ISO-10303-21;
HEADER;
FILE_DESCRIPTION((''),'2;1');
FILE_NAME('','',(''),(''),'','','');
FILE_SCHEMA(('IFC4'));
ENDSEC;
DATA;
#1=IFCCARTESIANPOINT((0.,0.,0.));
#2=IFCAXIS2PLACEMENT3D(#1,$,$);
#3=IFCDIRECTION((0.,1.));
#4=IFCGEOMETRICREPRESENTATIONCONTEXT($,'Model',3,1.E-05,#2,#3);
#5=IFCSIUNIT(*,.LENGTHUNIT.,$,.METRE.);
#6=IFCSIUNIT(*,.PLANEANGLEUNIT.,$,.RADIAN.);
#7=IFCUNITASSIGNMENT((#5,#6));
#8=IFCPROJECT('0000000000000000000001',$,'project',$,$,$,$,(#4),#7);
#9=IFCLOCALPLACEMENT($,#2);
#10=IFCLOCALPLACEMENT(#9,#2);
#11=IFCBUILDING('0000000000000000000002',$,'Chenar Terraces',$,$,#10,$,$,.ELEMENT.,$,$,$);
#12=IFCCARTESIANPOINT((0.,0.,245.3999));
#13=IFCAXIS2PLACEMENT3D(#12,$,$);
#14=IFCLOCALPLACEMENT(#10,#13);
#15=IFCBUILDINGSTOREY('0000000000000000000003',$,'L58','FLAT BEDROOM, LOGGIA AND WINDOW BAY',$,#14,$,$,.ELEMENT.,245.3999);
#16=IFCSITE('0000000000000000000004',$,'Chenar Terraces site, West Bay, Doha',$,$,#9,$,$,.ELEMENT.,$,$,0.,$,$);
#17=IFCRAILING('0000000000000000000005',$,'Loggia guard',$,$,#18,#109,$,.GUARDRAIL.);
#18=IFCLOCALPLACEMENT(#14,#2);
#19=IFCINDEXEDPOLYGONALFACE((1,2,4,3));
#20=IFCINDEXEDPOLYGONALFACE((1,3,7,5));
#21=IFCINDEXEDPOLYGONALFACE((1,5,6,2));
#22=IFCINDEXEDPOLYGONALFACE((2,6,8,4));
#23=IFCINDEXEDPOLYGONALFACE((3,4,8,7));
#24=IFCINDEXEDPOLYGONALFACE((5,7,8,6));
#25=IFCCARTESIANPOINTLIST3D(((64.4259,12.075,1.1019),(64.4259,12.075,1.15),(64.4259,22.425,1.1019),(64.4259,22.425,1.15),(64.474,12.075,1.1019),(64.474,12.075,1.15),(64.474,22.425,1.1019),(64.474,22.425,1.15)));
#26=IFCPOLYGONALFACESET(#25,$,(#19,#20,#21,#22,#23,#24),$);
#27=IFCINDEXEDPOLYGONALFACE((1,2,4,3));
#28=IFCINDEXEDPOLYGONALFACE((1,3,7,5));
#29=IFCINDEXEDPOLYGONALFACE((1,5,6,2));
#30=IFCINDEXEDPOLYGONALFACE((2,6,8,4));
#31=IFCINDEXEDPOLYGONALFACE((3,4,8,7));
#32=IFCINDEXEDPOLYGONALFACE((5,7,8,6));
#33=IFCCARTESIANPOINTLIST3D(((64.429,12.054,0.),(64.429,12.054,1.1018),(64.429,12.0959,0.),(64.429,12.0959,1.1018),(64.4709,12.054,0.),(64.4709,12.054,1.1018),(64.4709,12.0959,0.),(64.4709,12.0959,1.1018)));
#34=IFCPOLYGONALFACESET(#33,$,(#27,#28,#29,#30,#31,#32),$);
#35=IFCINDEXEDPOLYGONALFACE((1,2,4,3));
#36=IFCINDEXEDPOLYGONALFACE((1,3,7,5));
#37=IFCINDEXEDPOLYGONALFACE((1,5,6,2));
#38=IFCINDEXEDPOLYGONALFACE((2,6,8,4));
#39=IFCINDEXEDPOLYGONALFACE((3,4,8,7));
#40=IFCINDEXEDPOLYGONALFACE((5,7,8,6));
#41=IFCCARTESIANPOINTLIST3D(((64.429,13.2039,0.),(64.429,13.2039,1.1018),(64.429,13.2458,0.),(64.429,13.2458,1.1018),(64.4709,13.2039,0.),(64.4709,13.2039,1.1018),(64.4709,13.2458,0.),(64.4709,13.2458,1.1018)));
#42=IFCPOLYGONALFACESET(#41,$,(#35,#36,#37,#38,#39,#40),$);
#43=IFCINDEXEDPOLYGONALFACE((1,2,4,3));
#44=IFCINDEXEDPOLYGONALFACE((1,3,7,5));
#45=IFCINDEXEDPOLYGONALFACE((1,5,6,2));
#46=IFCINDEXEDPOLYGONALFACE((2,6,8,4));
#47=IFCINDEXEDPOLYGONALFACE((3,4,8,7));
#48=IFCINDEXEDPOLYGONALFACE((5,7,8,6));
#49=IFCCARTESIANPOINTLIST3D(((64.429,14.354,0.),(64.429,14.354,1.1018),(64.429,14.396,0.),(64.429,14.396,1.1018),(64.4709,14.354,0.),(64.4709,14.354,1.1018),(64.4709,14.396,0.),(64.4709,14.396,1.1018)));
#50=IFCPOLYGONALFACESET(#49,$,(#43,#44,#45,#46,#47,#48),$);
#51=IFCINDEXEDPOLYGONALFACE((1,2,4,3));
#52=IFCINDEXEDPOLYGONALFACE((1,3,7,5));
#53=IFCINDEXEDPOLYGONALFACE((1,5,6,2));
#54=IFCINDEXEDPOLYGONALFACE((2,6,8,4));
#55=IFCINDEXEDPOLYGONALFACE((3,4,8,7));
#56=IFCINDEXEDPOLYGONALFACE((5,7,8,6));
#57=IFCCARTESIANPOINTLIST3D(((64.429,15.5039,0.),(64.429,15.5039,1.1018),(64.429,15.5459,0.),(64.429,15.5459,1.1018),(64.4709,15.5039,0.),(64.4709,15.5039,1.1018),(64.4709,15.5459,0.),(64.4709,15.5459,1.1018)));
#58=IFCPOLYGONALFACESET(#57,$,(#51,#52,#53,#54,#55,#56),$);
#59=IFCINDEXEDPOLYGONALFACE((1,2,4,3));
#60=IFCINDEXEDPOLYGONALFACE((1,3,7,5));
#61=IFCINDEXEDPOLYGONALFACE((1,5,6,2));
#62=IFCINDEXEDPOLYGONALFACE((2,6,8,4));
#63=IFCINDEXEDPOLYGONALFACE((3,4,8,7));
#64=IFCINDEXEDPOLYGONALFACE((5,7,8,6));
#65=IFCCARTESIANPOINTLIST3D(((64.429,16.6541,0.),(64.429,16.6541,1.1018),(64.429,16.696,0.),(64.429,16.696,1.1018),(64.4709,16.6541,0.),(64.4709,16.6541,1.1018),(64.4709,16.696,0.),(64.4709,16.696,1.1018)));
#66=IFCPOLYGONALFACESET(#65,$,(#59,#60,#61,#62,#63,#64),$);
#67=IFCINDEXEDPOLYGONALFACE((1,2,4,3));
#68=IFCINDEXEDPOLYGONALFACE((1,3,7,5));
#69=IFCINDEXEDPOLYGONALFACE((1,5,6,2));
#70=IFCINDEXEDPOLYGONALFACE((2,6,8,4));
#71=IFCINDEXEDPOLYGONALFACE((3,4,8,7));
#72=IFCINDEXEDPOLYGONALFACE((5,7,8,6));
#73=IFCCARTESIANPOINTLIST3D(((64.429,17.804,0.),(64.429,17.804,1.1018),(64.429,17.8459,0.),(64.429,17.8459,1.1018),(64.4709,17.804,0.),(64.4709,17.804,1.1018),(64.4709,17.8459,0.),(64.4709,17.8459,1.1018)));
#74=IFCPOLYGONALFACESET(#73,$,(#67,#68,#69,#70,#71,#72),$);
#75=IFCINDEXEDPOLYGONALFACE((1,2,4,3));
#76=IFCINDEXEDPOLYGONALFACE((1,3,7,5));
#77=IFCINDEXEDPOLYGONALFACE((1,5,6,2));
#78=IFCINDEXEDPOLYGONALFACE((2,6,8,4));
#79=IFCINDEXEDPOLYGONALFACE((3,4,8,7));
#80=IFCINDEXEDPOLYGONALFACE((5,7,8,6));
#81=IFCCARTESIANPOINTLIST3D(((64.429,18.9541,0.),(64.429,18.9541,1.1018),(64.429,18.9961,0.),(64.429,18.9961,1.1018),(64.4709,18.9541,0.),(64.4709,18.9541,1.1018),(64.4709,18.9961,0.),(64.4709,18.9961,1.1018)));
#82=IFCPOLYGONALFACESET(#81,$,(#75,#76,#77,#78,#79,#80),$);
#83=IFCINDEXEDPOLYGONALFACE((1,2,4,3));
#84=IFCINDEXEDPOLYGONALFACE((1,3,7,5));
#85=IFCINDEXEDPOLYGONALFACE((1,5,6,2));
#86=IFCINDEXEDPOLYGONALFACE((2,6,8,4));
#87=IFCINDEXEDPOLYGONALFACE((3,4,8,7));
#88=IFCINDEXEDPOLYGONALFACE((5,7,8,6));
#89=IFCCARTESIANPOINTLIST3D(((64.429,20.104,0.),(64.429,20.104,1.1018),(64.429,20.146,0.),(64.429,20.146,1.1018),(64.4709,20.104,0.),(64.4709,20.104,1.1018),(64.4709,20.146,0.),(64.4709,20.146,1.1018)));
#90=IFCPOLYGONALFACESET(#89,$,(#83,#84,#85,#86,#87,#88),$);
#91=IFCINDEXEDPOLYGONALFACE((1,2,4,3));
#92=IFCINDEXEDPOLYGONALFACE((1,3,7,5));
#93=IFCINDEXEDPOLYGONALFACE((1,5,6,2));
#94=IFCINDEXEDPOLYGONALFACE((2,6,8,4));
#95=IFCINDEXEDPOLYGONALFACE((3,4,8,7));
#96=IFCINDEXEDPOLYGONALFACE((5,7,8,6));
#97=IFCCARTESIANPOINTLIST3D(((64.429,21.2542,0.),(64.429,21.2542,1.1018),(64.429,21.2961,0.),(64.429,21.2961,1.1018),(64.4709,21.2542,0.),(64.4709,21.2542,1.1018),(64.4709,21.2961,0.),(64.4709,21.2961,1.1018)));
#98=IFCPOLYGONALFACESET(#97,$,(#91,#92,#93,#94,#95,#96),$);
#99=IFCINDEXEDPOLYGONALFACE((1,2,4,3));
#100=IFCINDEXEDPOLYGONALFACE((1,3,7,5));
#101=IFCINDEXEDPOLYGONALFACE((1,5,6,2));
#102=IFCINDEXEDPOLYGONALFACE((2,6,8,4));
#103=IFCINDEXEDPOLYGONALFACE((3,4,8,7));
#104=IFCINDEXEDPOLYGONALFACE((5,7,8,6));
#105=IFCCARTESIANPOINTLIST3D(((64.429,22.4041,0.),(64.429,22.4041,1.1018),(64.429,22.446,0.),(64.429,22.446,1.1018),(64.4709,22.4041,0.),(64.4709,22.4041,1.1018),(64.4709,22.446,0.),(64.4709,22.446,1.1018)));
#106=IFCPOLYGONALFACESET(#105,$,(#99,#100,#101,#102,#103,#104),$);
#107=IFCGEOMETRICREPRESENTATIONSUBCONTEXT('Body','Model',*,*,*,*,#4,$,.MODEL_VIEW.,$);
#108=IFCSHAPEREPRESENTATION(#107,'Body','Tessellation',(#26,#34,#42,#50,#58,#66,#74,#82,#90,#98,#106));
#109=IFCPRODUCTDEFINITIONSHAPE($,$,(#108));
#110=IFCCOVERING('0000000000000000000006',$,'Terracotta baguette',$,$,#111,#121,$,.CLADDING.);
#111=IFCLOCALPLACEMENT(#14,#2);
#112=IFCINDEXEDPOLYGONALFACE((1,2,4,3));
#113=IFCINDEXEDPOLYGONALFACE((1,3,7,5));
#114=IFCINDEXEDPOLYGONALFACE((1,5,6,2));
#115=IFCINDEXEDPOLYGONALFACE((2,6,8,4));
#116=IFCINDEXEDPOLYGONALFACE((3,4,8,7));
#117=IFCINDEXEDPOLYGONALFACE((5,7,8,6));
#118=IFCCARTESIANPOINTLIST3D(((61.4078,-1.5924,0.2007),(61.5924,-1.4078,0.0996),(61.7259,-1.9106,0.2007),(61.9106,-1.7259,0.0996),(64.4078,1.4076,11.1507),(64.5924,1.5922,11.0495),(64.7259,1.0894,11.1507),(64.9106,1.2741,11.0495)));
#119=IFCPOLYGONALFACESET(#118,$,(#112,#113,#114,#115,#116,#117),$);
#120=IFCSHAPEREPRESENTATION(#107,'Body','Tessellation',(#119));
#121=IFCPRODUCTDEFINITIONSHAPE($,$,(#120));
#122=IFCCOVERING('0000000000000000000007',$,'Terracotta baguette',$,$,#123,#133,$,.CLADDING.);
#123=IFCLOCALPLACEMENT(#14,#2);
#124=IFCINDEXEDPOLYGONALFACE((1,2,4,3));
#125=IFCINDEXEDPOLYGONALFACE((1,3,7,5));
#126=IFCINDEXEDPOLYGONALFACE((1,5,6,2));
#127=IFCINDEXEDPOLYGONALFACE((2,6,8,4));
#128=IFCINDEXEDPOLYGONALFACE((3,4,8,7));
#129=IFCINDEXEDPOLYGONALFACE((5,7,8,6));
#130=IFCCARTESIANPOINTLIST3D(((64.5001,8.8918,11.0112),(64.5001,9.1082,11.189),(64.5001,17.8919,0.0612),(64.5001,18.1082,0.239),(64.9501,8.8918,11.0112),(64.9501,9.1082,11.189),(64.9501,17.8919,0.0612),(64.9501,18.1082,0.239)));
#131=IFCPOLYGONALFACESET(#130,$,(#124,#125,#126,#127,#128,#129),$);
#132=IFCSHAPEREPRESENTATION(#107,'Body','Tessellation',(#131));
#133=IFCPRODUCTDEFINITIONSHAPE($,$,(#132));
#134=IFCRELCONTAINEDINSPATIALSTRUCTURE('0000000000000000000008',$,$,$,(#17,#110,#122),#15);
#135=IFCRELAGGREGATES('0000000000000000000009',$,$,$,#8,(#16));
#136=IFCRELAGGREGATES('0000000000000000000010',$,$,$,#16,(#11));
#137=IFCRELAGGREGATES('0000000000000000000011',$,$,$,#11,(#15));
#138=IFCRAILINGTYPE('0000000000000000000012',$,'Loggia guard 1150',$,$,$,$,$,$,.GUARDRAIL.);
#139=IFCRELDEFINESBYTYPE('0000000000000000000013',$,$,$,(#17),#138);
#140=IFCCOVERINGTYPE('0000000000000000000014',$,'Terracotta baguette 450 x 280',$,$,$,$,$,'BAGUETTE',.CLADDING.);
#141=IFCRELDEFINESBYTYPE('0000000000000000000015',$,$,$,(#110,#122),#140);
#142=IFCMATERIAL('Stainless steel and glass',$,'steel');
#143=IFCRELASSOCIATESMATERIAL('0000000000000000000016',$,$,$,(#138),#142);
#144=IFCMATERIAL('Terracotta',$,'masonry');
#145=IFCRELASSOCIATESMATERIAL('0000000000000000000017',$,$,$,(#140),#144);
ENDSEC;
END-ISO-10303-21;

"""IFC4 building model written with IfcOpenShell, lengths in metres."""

from ifc_helpers import new_model, si_unit, direction, frame, origin, origin_2d, place, context, subcontext, project, spatial, rectangle, extrude, material, material_profile, profile_set, type_object, element, save


model = new_model("IFC4")

# Units and contexts
model_context = context("Model", 3, precision=1e-05, world=origin(), true_north=direction((0.0, 1.0)))
body_context = subcontext(model_context, "Body", "Model", "MODEL_VIEW")
ifc_project = project(units=[si_unit("LENGTHUNIT", "METRE"), si_unit("PLANEANGLEUNIT", "RADIAN")], contexts=[model_context])

# Site, building, storey
site_placement = place(None, origin())
site = spatial("IfcSite", under=ifc_project, at=site_placement, Name="Chenar Terraces site, West Bay, Doha", CompositionType="ELEMENT", RefElevation=0.0)
building_placement = place(site_placement, origin())
building = spatial("IfcBuilding", under=site, at=building_placement, Name="Chenar Terraces", CompositionType="ELEMENT")
storey_placement = place(building_placement, frame((0.0, 0.0, 245.3999)))
storey = spatial("IfcBuildingStorey", under=building, at=storey_placement, Name="L58", Description="FLAT BEDROOM, LOGGIA AND WINDOW BAY", CompositionType="ELEMENT", Elevation=245.3999)

# Railing
ifc_material_1 = material(Name="Stainless steel and glass", Category="steel")
railing_type = type_object("IfcRailingType", Name="Loggia guard 1150", PredefinedType="GUARDRAIL", material=ifc_material_1)
railing_placement = place(storey_placement, frame((64.45, 12.075, 0.0)))
element("IfcRailing", 1, at=railing_placement, inside=storey, type_object=railing_type, Name="Loggia guard", PredefinedType="GUARDRAIL", context=body_context, shape_type="SweptSolid", body=[
    extrude(rectangle(XDim=0.0481, YDim=0.0481, at=origin_2d()), frame((0.0, 0.0, 1.126), z_axis=(0.0, 1.0, 0.0), x_axis=(-1.0, 0.0, 0.0)), (0.0, 0.0, 1.0), 10.3501),
    extrude(rectangle(XDim=0.042, YDim=0.042, at=origin_2d()), origin(), (0.0, 0.0, 1.0), 1.1018),
    extrude(rectangle(XDim=0.042, YDim=0.042, at=origin_2d()), frame((0.0, 1.1499, 0.0)), (0.0, 0.0, 1.0), 1.1018),
    extrude(rectangle(XDim=0.042, YDim=0.042, at=origin_2d()), frame((0.0, 2.3, 0.0)), (0.0, 0.0, 1.0), 1.1018),
    extrude(rectangle(XDim=0.042, YDim=0.042, at=origin_2d()), frame((0.0, 3.45, 0.0)), (0.0, 0.0, 1.0), 1.1018),
    extrude(rectangle(XDim=0.042, YDim=0.042, at=origin_2d()), frame((0.0, 4.6001, 0.0)), (0.0, 0.0, 1.0), 1.1018),
    extrude(rectangle(XDim=0.042, YDim=0.042, at=origin_2d()), frame((0.0, 5.75, 0.0)), (0.0, 0.0, 1.0), 1.1018),
    extrude(rectangle(XDim=0.042, YDim=0.042, at=origin_2d()), frame((0.0, 6.9001, 0.0)), (0.0, 0.0, 1.0), 1.1018),
    extrude(rectangle(XDim=0.042, YDim=0.042, at=origin_2d()), frame((0.0, 8.05, 0.0)), (0.0, 0.0, 1.0), 1.1018),
    extrude(rectangle(XDim=0.042, YDim=0.042, at=origin_2d()), frame((0.0, 9.2002, 0.0)), (0.0, 0.0, 1.0), 1.1018),
    extrude(rectangle(XDim=0.042, YDim=0.042, at=origin_2d()), frame((0.0, 10.3501, 0.0)), (0.0, 0.0, 1.0), 1.1018),
])

# Coverings
ifc_material_2 = material(Name="Terracotta", Category="masonry")
ifc_material_profile_1 = material_profile(ifc_material_2, rectangle(XDim=0.45, YDim=0.28, at=origin_2d()), Name="Terracotta baguette 450 x 280")
ifc_profile_set_1 = profile_set([ifc_material_profile_1], Name="Terracotta")
covering_type = type_object("IfcCoveringType", Name="Terracotta baguette 450 x 280", ElementType="BAGUETTE", PredefinedType="CLADDING", material=ifc_profile_set_1)
covering_1_placement = place(storey_placement, frame((61.6592, -1.6592, 0.1501), z_axis=(0.255468, 0.255468, 0.932455), x_axis=(-0.707107, 0.707107, 0.0)))
element("IfcCovering", 2, at=covering_1_placement, inside=storey, type_object=covering_type, Name="Terracotta baguette", PredefinedType="CLADDING", context=body_context, shape_type="SweptSolid", body=[
    extrude(rectangle(XDim=0.45, YDim=0.28, at=origin_2d()), origin(), (0.0, 0.0, 1.0), 11.7432),
])
covering_2_placement = place(storey_placement, frame((64.7251, 9.0, 11.1001), z_axis=(0.0, 0.634967, -0.772539), x_axis=(-1.0, 0.0, 0.0)))
element("IfcCovering", 3, at=covering_2_placement, inside=storey, type_object=covering_type, Name="Terracotta baguette", PredefinedType="CLADDING", context=body_context, shape_type="SweptSolid", body=[
    extrude(rectangle(XDim=0.45, YDim=0.28, at=origin_2d()), origin(), (0.0, 0.0, 1.0), 14.1741),
])

save(model, "model.ifc")
